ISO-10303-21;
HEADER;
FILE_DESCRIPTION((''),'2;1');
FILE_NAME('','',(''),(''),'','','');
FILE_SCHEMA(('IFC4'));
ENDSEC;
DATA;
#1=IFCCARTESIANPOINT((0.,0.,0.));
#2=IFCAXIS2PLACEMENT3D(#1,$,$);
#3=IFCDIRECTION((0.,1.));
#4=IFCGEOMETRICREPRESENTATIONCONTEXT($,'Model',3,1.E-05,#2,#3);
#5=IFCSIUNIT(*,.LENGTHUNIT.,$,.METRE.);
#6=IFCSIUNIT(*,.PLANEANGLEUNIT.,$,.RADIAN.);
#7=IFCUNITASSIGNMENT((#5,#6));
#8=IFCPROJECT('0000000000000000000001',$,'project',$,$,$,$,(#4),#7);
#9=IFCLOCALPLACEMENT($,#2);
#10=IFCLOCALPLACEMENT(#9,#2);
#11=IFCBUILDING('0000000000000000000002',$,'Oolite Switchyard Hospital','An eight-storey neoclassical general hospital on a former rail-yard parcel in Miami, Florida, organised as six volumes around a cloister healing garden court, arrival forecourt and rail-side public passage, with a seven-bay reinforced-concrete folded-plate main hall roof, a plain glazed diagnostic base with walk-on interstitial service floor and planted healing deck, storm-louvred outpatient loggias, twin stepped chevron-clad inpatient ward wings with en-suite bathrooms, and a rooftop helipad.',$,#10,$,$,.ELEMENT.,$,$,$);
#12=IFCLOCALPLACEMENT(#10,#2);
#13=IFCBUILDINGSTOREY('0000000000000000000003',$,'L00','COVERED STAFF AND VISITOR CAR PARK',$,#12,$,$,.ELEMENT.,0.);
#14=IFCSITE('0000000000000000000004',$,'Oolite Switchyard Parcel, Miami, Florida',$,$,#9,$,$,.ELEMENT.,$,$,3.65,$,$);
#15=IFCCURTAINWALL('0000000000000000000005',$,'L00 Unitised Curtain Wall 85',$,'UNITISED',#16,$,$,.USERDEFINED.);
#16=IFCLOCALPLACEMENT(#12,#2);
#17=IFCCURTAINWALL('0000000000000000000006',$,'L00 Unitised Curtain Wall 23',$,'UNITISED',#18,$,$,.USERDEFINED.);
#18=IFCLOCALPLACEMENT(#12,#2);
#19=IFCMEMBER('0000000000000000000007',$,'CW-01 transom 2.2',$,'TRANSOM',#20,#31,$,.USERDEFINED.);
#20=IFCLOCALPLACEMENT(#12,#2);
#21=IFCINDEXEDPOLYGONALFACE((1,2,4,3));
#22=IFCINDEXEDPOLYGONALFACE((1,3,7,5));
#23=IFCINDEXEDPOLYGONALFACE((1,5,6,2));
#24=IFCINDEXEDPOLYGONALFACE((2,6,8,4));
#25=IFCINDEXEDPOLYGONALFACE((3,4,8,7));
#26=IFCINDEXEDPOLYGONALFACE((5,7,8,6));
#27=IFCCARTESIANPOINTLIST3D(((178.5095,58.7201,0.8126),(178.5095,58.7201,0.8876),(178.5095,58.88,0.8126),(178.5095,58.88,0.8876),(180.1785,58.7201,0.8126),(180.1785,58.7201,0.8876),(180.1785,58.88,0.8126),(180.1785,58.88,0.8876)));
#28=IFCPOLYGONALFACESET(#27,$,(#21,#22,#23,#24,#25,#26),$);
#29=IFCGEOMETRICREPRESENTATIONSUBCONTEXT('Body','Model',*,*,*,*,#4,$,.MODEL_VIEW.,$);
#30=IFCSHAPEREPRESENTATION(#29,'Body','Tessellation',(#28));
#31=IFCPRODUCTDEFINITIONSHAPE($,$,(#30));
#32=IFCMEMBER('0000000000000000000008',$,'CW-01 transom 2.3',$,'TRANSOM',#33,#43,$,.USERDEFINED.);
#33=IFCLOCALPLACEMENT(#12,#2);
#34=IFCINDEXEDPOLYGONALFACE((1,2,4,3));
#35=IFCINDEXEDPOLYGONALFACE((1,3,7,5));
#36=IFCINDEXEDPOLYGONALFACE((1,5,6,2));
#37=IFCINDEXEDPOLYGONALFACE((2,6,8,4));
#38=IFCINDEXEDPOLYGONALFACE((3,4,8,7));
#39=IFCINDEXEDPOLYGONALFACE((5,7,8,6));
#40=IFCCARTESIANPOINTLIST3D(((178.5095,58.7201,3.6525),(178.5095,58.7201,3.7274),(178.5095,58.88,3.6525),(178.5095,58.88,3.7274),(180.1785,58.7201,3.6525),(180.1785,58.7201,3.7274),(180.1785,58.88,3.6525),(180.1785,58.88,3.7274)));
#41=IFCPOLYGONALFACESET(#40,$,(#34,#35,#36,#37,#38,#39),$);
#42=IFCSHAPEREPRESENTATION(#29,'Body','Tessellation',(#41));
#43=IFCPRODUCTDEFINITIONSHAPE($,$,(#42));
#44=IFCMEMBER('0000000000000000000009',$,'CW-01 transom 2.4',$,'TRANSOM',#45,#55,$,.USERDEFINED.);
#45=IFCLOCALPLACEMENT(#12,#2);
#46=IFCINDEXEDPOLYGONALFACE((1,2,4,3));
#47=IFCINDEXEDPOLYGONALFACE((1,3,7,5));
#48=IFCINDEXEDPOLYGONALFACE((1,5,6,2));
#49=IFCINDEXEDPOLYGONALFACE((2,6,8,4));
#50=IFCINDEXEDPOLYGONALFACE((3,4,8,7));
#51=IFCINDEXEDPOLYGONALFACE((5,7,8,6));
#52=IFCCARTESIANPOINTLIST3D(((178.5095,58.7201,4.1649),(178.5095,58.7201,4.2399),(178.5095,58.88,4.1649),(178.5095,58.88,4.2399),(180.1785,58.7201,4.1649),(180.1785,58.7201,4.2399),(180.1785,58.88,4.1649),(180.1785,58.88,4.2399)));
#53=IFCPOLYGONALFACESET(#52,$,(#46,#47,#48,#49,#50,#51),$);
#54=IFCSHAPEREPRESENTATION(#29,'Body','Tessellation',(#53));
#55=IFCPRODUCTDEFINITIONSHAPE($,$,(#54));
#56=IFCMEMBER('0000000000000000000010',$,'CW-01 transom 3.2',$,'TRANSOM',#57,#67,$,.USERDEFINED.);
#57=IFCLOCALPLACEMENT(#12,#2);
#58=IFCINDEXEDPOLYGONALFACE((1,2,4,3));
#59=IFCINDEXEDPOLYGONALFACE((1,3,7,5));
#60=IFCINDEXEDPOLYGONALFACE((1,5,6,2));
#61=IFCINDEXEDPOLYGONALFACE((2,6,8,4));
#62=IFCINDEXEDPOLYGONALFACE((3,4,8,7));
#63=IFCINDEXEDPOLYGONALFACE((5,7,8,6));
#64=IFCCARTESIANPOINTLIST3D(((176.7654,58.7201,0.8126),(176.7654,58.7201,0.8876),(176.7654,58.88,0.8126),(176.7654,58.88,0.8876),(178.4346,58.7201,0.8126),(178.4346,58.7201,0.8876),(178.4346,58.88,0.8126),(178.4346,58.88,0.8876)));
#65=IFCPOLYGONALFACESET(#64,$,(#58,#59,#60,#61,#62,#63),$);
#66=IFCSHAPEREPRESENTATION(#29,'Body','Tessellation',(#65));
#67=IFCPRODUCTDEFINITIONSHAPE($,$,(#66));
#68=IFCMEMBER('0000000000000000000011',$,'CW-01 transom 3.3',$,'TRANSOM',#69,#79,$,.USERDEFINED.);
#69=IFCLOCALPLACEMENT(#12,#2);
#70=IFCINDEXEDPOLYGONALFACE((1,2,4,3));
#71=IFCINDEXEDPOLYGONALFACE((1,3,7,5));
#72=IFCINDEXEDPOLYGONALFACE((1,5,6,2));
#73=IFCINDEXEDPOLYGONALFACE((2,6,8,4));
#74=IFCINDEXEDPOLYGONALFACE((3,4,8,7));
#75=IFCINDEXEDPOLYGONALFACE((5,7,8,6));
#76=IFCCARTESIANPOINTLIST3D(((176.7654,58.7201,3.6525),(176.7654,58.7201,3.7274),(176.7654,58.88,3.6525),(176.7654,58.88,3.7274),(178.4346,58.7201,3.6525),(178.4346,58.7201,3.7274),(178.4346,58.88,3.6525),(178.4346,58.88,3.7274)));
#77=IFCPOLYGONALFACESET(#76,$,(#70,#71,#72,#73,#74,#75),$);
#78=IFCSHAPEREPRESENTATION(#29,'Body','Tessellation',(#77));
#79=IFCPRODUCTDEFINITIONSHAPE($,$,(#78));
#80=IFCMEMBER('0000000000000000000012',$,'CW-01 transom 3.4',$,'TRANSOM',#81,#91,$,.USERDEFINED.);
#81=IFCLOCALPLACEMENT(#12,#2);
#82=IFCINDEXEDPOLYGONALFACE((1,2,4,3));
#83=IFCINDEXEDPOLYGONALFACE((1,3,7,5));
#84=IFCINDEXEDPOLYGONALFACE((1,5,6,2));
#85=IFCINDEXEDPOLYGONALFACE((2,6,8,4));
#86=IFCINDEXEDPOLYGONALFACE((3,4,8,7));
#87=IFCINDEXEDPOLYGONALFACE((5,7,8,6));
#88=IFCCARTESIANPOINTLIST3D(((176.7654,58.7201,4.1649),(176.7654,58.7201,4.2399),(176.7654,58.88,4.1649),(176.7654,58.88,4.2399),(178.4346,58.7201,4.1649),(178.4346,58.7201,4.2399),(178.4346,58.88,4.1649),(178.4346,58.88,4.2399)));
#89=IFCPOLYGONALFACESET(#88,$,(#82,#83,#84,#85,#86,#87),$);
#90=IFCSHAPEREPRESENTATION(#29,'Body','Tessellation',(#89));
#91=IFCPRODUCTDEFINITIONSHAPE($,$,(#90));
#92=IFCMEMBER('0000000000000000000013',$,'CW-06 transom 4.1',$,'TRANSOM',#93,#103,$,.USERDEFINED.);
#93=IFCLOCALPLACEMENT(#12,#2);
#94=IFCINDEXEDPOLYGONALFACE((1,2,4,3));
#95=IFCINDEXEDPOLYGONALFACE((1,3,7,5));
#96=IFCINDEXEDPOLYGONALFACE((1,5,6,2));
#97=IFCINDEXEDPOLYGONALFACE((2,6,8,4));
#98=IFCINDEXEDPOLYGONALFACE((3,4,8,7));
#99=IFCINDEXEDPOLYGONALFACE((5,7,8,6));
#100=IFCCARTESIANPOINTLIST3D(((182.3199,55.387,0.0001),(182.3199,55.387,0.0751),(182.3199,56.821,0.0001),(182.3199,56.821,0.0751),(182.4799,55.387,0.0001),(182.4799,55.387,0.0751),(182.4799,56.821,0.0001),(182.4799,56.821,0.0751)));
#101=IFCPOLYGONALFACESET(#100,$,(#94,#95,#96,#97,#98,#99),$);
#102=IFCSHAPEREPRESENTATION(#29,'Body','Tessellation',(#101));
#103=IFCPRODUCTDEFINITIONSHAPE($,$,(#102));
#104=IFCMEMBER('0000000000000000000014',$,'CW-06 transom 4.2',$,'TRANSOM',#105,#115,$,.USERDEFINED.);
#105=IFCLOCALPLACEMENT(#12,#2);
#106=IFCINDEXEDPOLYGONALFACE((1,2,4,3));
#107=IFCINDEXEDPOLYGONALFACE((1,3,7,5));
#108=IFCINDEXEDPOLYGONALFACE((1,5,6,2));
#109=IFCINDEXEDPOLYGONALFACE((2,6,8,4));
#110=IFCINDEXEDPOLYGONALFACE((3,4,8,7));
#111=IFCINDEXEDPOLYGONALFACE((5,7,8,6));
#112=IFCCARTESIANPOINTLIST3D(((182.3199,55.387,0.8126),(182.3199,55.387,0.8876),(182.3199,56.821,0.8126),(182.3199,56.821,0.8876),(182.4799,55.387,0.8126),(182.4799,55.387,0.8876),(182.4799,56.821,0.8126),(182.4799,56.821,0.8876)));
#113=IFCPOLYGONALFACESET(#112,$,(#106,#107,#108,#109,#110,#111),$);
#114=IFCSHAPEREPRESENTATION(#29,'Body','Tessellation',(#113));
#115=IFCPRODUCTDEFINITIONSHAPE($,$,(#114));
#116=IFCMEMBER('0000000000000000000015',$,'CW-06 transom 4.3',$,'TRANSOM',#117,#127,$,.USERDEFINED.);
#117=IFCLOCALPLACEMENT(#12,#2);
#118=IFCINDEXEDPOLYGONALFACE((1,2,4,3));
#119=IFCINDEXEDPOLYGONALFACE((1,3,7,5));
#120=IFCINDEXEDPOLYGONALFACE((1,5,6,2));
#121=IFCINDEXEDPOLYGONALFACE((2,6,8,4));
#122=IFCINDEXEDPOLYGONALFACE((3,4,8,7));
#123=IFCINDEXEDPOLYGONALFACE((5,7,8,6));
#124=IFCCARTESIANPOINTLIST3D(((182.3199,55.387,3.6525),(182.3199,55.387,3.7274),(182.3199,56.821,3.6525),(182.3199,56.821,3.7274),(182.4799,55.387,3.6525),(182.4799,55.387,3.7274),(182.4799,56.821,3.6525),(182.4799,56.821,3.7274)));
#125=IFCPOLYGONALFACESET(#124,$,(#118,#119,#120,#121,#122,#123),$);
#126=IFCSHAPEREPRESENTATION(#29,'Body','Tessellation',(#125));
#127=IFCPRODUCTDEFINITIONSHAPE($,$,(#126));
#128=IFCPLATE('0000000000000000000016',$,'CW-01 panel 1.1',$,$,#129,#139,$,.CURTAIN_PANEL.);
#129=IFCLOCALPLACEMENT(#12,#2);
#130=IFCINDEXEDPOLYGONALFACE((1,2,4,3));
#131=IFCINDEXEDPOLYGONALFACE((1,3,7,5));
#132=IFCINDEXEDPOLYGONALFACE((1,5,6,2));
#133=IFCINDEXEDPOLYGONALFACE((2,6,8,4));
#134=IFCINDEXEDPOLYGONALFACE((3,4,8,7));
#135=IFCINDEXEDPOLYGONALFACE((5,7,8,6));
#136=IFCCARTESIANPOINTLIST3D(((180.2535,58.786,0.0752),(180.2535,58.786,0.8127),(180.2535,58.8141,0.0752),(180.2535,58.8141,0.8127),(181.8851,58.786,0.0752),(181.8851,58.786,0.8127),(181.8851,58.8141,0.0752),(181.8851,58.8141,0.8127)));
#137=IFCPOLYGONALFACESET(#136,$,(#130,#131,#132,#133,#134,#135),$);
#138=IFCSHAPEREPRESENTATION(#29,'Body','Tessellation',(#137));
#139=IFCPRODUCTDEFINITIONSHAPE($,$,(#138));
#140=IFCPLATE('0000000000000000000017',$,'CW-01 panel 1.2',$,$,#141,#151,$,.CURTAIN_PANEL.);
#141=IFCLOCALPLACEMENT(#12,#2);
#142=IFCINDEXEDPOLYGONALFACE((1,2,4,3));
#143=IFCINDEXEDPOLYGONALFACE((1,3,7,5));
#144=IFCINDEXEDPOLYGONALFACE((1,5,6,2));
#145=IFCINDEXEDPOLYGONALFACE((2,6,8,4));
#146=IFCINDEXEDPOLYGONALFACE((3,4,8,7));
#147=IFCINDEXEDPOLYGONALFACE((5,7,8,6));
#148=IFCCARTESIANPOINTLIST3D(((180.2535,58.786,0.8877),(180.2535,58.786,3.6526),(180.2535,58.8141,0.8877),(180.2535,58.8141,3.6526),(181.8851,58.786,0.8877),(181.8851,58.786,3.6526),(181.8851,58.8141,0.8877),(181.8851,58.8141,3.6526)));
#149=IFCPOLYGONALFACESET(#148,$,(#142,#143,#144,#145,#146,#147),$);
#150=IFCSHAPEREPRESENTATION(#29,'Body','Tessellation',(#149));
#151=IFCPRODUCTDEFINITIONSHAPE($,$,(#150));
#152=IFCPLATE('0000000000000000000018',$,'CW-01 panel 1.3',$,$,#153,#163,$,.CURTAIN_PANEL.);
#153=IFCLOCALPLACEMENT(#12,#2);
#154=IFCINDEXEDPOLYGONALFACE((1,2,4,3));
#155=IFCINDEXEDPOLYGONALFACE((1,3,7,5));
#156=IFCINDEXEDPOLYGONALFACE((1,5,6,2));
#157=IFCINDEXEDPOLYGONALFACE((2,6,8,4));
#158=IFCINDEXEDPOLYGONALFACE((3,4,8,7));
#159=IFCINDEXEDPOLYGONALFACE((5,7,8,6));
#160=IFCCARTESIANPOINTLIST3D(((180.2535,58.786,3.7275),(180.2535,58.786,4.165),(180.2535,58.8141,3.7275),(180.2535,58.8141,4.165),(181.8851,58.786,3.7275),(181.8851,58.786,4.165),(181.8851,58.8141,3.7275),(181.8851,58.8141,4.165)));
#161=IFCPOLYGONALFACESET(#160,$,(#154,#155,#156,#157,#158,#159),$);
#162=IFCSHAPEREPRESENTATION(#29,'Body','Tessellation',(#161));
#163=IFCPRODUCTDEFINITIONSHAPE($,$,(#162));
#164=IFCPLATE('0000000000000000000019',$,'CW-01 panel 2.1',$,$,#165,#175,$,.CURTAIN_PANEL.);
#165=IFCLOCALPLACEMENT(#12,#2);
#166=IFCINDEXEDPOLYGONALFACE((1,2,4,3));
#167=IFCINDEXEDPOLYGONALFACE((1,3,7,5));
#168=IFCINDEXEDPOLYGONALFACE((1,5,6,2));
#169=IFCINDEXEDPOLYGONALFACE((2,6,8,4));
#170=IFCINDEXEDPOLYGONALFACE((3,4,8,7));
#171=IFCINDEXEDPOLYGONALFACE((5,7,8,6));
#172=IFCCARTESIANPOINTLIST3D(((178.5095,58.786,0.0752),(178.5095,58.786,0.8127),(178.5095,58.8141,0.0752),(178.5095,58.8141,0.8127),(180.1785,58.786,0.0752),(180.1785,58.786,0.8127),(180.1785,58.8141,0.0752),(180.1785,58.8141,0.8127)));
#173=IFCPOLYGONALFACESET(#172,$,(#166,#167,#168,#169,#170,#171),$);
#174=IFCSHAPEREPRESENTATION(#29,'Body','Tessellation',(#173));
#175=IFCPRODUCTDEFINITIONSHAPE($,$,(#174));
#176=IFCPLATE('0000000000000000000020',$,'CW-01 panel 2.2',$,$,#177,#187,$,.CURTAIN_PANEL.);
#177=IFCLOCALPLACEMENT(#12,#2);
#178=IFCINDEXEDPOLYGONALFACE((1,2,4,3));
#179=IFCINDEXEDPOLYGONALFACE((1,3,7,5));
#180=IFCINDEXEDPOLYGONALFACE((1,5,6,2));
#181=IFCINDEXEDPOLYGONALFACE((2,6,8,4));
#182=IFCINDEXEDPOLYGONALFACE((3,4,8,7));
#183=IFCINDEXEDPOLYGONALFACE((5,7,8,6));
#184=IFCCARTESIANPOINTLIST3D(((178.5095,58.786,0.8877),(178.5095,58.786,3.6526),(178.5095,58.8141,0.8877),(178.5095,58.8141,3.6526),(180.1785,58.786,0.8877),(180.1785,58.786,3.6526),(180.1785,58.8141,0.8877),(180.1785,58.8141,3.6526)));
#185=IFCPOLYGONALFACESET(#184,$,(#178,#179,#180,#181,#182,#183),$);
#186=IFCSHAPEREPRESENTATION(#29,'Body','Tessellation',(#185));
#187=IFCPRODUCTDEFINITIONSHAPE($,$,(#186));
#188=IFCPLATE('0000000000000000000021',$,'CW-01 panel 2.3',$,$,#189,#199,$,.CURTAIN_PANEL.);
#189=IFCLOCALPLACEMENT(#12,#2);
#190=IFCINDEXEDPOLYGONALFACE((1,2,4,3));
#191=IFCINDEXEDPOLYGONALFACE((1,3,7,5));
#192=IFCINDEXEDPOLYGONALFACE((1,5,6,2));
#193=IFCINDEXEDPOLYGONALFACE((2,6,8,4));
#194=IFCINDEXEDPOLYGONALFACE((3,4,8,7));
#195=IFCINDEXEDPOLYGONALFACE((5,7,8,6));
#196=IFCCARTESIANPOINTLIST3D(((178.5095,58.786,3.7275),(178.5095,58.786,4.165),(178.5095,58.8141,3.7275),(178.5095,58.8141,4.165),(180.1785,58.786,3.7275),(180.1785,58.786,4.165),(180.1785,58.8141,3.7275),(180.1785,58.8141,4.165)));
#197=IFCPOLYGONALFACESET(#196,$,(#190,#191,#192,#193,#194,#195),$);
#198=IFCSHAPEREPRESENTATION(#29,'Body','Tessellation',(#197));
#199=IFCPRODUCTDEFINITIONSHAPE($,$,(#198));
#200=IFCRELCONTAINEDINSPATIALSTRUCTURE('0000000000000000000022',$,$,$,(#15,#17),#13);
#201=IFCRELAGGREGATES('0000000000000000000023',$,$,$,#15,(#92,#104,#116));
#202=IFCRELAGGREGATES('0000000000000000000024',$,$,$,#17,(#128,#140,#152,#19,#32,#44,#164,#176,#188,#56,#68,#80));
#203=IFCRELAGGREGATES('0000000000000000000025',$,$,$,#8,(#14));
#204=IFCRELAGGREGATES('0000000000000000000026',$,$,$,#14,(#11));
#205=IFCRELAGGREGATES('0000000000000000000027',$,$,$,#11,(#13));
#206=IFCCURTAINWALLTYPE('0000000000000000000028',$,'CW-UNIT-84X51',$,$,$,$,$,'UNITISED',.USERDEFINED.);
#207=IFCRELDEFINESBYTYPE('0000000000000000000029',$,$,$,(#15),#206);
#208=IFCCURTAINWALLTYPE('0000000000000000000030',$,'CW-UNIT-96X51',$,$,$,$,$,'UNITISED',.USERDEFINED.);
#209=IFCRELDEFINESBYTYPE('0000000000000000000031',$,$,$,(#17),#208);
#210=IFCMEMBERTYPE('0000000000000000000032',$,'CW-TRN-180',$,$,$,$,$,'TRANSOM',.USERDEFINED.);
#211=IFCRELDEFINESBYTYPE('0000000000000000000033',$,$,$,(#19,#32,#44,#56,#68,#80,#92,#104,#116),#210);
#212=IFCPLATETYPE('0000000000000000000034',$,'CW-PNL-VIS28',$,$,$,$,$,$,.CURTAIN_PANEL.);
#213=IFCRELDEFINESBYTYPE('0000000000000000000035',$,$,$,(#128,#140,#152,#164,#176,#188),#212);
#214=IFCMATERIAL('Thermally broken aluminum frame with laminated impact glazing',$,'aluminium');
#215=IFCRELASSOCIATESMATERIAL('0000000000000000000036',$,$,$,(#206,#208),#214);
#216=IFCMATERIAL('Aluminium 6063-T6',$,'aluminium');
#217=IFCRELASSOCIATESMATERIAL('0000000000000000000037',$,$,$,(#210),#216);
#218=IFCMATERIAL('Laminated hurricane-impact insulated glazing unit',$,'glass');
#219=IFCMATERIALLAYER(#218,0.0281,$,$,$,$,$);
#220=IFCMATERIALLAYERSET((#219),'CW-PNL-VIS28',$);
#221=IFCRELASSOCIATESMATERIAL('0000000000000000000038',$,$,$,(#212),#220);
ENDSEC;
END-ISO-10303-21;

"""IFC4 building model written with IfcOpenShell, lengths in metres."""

from ifc_helpers import new_model, si_unit, direction, frame, origin, origin_2d, place, context, subcontext, project, spatial, rectangle, extrude, material, layer, layer_set, material_profile, profile_set, type_object, element, aggregate, save


model = new_model("IFC4")

# Units and contexts
model_context = context("Model", 3, precision=1e-05, world=origin(), true_north=direction((0.0, 1.0)))
body_context = subcontext(model_context, "Body", "Model", "MODEL_VIEW")
ifc_project = project(units=[si_unit("LENGTHUNIT", "METRE"), si_unit("PLANEANGLEUNIT", "RADIAN")], contexts=[model_context])

# Site, building, storey
site_placement = place(None, origin())
site = spatial("IfcSite", under=ifc_project, at=site_placement, Name="Oolite Switchyard Parcel, Miami, Florida", CompositionType="ELEMENT", RefElevation=3.65)
building_placement = place(site_placement, origin())
building = spatial("IfcBuilding", under=site, at=building_placement, Name="Oolite Switchyard Hospital", Description="An eight-storey neoclassical general hospital on a former rail-yard parcel in Miami, Florida, organised as six volumes around a cloister healing garden court, arrival forecourt and rail-side public passage, with a seven-bay reinforced-concrete folded-plate main hall roof, a plain glazed diagnostic base with walk-on interstitial service floor and planted healing deck, storm-louvred outpatient loggias, twin stepped chevron-clad inpatient ward wings with en-suite bathrooms, and a rooftop helipad.", CompositionType="ELEMENT")
storey_placement = place(building_placement, origin())
storey = spatial("IfcBuildingStorey", under=building, at=storey_placement, Name="L00", Description="COVERED STAFF AND VISITOR CAR PARK", CompositionType="ELEMENT", Elevation=0.0)

# Curtain wall
ifc_material_1 = material(Name="Thermally broken aluminum frame with laminated impact glazing", Category="aluminium")
curtain_wall_type_1 = type_object("IfcCurtainWallType", Name="CW-UNIT-84X51", ElementType="UNITISED", PredefinedType="USERDEFINED", material=ifc_material_1)
curtain_wall_1_placement = place(storey_placement, origin())
curtain_wall_1 = element("IfcCurtainWall", 1, at=curtain_wall_1_placement, inside=storey, type_object=curtain_wall_type_1, Name="L00 Unitised Curtain Wall 85", ObjectType="UNITISED", PredefinedType="USERDEFINED")
ifc_material_2 = material(Name="Aluminium 6063-T6", Category="aluminium")

# Curtain wall, members
curtain_wall_type_2 = type_object("IfcCurtainWallType", Name="CW-UNIT-96X51", ElementType="UNITISED", PredefinedType="USERDEFINED", material=ifc_material_1)
curtain_wall_2_placement = place(storey_placement, origin())
curtain_wall_2 = element("IfcCurtainWall", 2, at=curtain_wall_2_placement, inside=storey, type_object=curtain_wall_type_2, Name="L00 Unitised Curtain Wall 23", ObjectType="UNITISED", PredefinedType="USERDEFINED")
ifc_material_profile_1 = material_profile(ifc_material_2, rectangle(XDim=0.1599, YDim=0.075, at=origin_2d()), Name="CWT75X160")
ifc_profile_set_1 = profile_set([ifc_material_profile_1], Name="Aluminium 6063-T6")
member_type_1 = type_object("IfcMemberType", Name="CW-TRN-180", ElementType="TRANSOM", PredefinedType="USERDEFINED", material=ifc_profile_set_1)
member_1_placement = place(storey_placement, frame((180.1785, 58.8, 0.8501), z_axis=(-1.0, 0.0, 0.0), x_axis=(0.0, -1.0, 0.0)))
member_1 = element("IfcMember", 3, at=member_1_placement, type_object=member_type_1, Name="CW-01 transom 2.2", ObjectType="TRANSOM", PredefinedType="USERDEFINED", context=body_context, shape_type="SweptSolid", body=[
    extrude(rectangle(XDim=0.1599, YDim=0.075, at=origin_2d()), origin(), (0.0, 0.0, 1.0), 1.6689),
])
member_2_placement = place(storey_placement, frame((180.1785, 58.8, 3.6899), z_axis=(-1.0, 0.0, 0.0), x_axis=(0.0, -1.0, 0.0)))
member_2 = element("IfcMember", 4, at=member_2_placement, type_object=member_type_1, Name="CW-01 transom 2.3", ObjectType="TRANSOM", PredefinedType="USERDEFINED", context=body_context, shape_type="SweptSolid", body=[
    extrude(rectangle(XDim=0.1599, YDim=0.075, at=origin_2d()), origin(), (0.0, 0.0, 1.0), 1.6689),
])
member_3_placement = place(storey_placement, frame((180.1785, 58.8, 4.2024), z_axis=(-1.0, 0.0, 0.0), x_axis=(0.0, -1.0, 0.0)))
member_3 = element("IfcMember", 5, at=member_3_placement, type_object=member_type_1, Name="CW-01 transom 2.4", ObjectType="TRANSOM", PredefinedType="USERDEFINED", context=body_context, shape_type="SweptSolid", body=[
    extrude(rectangle(XDim=0.1599, YDim=0.075, at=origin_2d()), origin(), (0.0, 0.0, 1.0), 1.6689),
])
member_4_placement = place(storey_placement, frame((178.4346, 58.8, 0.8501), z_axis=(-1.0, 0.0, 0.0), x_axis=(0.0, -1.0, 0.0)))
member_4 = element("IfcMember", 6, at=member_4_placement, type_object=member_type_1, Name="CW-01 transom 3.2", ObjectType="TRANSOM", PredefinedType="USERDEFINED", context=body_context, shape_type="SweptSolid", body=[
    extrude(rectangle(XDim=0.1599, YDim=0.075, at=origin_2d()), origin(), (0.0, 0.0, 1.0), 1.6692),
])
member_5_placement = place(storey_placement, frame((178.4346, 58.8, 3.6899), z_axis=(-1.0, 0.0, 0.0), x_axis=(0.0, -1.0, 0.0)))
member_5 = element("IfcMember", 7, at=member_5_placement, type_object=member_type_1, Name="CW-01 transom 3.3", ObjectType="TRANSOM", PredefinedType="USERDEFINED", context=body_context, shape_type="SweptSolid", body=[
    extrude(rectangle(XDim=0.1599, YDim=0.075, at=origin_2d()), origin(), (0.0, 0.0, 1.0), 1.6692),
])
member_6_placement = place(storey_placement, frame((178.4346, 58.8, 4.2024), z_axis=(-1.0, 0.0, 0.0), x_axis=(0.0, -1.0, 0.0)))
member_6 = element("IfcMember", 8, at=member_6_placement, type_object=member_type_1, Name="CW-01 transom 3.4", ObjectType="TRANSOM", PredefinedType="USERDEFINED", context=body_context, shape_type="SweptSolid", body=[
    extrude(rectangle(XDim=0.1599, YDim=0.075, at=origin_2d()), origin(), (0.0, 0.0, 1.0), 1.6692),
])

# Members
member_7_placement = place(storey_placement, frame((182.3999, 55.387, 0.0376), z_axis=(0.0, 1.0, 0.0), x_axis=(-1.0, 0.0, 0.0)))
member_7 = element("IfcMember", 9, at=member_7_placement, type_object=member_type_1, Name="CW-06 transom 4.1", ObjectType="TRANSOM", PredefinedType="USERDEFINED", context=body_context, shape_type="SweptSolid", body=[
    extrude(rectangle(XDim=0.1599, YDim=0.075, at=origin_2d()), origin(), (0.0, 0.0, 1.0), 1.4341),
])
member_8_placement = place(storey_placement, frame((182.3999, 55.387, 0.8501), z_axis=(0.0, 1.0, 0.0), x_axis=(-1.0, 0.0, 0.0)))
member_8 = element("IfcMember", 10, at=member_8_placement, type_object=member_type_1, Name="CW-06 transom 4.2", ObjectType="TRANSOM", PredefinedType="USERDEFINED", context=body_context, shape_type="SweptSolid", body=[
    extrude(rectangle(XDim=0.1599, YDim=0.075, at=origin_2d()), origin(), (0.0, 0.0, 1.0), 1.4341),
])
member_9_placement = place(storey_placement, frame((182.3999, 55.387, 3.6899), z_axis=(0.0, 1.0, 0.0), x_axis=(-1.0, 0.0, 0.0)))
member_9 = element("IfcMember", 11, at=member_9_placement, type_object=member_type_1, Name="CW-06 transom 4.3", ObjectType="TRANSOM", PredefinedType="USERDEFINED", context=body_context, shape_type="SweptSolid", body=[
    extrude(rectangle(XDim=0.1599, YDim=0.075, at=origin_2d()), origin(), (0.0, 0.0, 1.0), 1.4341),
])
aggregate(curtain_wall_1, [member_7, member_8, member_9])

# Plates
ifc_material_3 = material(Name="Laminated hurricane-impact insulated glazing unit", Category="glass")
ifc_layer = layer(ifc_material_3, 0.0281)
ifc_layer_set = layer_set([ifc_layer], Name="CW-PNL-VIS28")
plate_type = type_object("IfcPlateType", Name="CW-PNL-VIS28", PredefinedType="CURTAIN_PANEL", material=ifc_layer_set)
plate_1_placement = place(storey_placement, frame((181.0693, 58.8, 0.0752), z_axis=(0.0, 0.0, 1.0), x_axis=(-1.0, 0.0, 0.0)))
plate_1 = element("IfcPlate", 12, at=plate_1_placement, type_object=plate_type, Name="CW-01 panel 1.1", PredefinedType="CURTAIN_PANEL", context=body_context, shape_type="SweptSolid", body=[
    extrude(rectangle(XDim=1.6316, YDim=0.0281, at=origin_2d()), origin(), (0.0, 0.0, 1.0), 0.7375),
])
plate_2_placement = place(storey_placement, frame((181.0693, 58.8, 0.8877), z_axis=(0.0, 0.0, 1.0), x_axis=(-1.0, 0.0, 0.0)))
plate_2 = element("IfcPlate", 13, at=plate_2_placement, type_object=plate_type, Name="CW-01 panel 1.2", PredefinedType="CURTAIN_PANEL", context=body_context, shape_type="SweptSolid", body=[
    extrude(rectangle(XDim=1.6316, YDim=0.0281, at=origin_2d()), origin(), (0.0, 0.0, 1.0), 2.7649),
])
plate_3_placement = place(storey_placement, frame((181.0693, 58.8, 3.7275), z_axis=(0.0, 0.0, 1.0), x_axis=(-1.0, 0.0, 0.0)))
plate_3 = element("IfcPlate", 14, at=plate_3_placement, type_object=plate_type, Name="CW-01 panel 1.3", PredefinedType="CURTAIN_PANEL", context=body_context, shape_type="SweptSolid", body=[
    extrude(rectangle(XDim=1.6316, YDim=0.0281, at=origin_2d()), origin(), (0.0, 0.0, 1.0), 0.4375),
])
plate_4_placement = place(storey_placement, frame((179.344, 58.8, 0.0752), z_axis=(0.0, 0.0, 1.0), x_axis=(-1.0, 0.0, 0.0)))
plate_4 = element("IfcPlate", 15, at=plate_4_placement, type_object=plate_type, Name="CW-01 panel 2.1", PredefinedType="CURTAIN_PANEL", context=body_context, shape_type="SweptSolid", body=[
    extrude(rectangle(XDim=1.6689, YDim=0.0281, at=origin_2d()), origin(), (0.0, 0.0, 1.0), 0.7375),
])
plate_5_placement = place(storey_placement, frame((179.344, 58.8, 0.8877), z_axis=(0.0, 0.0, 1.0), x_axis=(-1.0, 0.0, 0.0)))
plate_5 = element("IfcPlate", 16, at=plate_5_placement, type_object=plate_type, Name="CW-01 panel 2.2", PredefinedType="CURTAIN_PANEL", context=body_context, shape_type="SweptSolid", body=[
    extrude(rectangle(XDim=1.6689, YDim=0.0281, at=origin_2d()), origin(), (0.0, 0.0, 1.0), 2.7649),
])
plate_6_placement = place(storey_placement, frame((179.344, 58.8, 3.7275), z_axis=(0.0, 0.0, 1.0), x_axis=(-1.0, 0.0, 0.0)))
plate_6 = element("IfcPlate", 17, at=plate_6_placement, type_object=plate_type, Name="CW-01 panel 2.3", PredefinedType="CURTAIN_PANEL", context=body_context, shape_type="SweptSolid", body=[
    extrude(rectangle(XDim=1.6689, YDim=0.0281, at=origin_2d()), origin(), (0.0, 0.0, 1.0), 0.4375),
])
aggregate(curtain_wall_2, [plate_1, plate_2, plate_3, member_1, member_2, member_3, plate_4, plate_5, plate_6, member_4, member_5, member_6])

save(model, "model.ifc")
